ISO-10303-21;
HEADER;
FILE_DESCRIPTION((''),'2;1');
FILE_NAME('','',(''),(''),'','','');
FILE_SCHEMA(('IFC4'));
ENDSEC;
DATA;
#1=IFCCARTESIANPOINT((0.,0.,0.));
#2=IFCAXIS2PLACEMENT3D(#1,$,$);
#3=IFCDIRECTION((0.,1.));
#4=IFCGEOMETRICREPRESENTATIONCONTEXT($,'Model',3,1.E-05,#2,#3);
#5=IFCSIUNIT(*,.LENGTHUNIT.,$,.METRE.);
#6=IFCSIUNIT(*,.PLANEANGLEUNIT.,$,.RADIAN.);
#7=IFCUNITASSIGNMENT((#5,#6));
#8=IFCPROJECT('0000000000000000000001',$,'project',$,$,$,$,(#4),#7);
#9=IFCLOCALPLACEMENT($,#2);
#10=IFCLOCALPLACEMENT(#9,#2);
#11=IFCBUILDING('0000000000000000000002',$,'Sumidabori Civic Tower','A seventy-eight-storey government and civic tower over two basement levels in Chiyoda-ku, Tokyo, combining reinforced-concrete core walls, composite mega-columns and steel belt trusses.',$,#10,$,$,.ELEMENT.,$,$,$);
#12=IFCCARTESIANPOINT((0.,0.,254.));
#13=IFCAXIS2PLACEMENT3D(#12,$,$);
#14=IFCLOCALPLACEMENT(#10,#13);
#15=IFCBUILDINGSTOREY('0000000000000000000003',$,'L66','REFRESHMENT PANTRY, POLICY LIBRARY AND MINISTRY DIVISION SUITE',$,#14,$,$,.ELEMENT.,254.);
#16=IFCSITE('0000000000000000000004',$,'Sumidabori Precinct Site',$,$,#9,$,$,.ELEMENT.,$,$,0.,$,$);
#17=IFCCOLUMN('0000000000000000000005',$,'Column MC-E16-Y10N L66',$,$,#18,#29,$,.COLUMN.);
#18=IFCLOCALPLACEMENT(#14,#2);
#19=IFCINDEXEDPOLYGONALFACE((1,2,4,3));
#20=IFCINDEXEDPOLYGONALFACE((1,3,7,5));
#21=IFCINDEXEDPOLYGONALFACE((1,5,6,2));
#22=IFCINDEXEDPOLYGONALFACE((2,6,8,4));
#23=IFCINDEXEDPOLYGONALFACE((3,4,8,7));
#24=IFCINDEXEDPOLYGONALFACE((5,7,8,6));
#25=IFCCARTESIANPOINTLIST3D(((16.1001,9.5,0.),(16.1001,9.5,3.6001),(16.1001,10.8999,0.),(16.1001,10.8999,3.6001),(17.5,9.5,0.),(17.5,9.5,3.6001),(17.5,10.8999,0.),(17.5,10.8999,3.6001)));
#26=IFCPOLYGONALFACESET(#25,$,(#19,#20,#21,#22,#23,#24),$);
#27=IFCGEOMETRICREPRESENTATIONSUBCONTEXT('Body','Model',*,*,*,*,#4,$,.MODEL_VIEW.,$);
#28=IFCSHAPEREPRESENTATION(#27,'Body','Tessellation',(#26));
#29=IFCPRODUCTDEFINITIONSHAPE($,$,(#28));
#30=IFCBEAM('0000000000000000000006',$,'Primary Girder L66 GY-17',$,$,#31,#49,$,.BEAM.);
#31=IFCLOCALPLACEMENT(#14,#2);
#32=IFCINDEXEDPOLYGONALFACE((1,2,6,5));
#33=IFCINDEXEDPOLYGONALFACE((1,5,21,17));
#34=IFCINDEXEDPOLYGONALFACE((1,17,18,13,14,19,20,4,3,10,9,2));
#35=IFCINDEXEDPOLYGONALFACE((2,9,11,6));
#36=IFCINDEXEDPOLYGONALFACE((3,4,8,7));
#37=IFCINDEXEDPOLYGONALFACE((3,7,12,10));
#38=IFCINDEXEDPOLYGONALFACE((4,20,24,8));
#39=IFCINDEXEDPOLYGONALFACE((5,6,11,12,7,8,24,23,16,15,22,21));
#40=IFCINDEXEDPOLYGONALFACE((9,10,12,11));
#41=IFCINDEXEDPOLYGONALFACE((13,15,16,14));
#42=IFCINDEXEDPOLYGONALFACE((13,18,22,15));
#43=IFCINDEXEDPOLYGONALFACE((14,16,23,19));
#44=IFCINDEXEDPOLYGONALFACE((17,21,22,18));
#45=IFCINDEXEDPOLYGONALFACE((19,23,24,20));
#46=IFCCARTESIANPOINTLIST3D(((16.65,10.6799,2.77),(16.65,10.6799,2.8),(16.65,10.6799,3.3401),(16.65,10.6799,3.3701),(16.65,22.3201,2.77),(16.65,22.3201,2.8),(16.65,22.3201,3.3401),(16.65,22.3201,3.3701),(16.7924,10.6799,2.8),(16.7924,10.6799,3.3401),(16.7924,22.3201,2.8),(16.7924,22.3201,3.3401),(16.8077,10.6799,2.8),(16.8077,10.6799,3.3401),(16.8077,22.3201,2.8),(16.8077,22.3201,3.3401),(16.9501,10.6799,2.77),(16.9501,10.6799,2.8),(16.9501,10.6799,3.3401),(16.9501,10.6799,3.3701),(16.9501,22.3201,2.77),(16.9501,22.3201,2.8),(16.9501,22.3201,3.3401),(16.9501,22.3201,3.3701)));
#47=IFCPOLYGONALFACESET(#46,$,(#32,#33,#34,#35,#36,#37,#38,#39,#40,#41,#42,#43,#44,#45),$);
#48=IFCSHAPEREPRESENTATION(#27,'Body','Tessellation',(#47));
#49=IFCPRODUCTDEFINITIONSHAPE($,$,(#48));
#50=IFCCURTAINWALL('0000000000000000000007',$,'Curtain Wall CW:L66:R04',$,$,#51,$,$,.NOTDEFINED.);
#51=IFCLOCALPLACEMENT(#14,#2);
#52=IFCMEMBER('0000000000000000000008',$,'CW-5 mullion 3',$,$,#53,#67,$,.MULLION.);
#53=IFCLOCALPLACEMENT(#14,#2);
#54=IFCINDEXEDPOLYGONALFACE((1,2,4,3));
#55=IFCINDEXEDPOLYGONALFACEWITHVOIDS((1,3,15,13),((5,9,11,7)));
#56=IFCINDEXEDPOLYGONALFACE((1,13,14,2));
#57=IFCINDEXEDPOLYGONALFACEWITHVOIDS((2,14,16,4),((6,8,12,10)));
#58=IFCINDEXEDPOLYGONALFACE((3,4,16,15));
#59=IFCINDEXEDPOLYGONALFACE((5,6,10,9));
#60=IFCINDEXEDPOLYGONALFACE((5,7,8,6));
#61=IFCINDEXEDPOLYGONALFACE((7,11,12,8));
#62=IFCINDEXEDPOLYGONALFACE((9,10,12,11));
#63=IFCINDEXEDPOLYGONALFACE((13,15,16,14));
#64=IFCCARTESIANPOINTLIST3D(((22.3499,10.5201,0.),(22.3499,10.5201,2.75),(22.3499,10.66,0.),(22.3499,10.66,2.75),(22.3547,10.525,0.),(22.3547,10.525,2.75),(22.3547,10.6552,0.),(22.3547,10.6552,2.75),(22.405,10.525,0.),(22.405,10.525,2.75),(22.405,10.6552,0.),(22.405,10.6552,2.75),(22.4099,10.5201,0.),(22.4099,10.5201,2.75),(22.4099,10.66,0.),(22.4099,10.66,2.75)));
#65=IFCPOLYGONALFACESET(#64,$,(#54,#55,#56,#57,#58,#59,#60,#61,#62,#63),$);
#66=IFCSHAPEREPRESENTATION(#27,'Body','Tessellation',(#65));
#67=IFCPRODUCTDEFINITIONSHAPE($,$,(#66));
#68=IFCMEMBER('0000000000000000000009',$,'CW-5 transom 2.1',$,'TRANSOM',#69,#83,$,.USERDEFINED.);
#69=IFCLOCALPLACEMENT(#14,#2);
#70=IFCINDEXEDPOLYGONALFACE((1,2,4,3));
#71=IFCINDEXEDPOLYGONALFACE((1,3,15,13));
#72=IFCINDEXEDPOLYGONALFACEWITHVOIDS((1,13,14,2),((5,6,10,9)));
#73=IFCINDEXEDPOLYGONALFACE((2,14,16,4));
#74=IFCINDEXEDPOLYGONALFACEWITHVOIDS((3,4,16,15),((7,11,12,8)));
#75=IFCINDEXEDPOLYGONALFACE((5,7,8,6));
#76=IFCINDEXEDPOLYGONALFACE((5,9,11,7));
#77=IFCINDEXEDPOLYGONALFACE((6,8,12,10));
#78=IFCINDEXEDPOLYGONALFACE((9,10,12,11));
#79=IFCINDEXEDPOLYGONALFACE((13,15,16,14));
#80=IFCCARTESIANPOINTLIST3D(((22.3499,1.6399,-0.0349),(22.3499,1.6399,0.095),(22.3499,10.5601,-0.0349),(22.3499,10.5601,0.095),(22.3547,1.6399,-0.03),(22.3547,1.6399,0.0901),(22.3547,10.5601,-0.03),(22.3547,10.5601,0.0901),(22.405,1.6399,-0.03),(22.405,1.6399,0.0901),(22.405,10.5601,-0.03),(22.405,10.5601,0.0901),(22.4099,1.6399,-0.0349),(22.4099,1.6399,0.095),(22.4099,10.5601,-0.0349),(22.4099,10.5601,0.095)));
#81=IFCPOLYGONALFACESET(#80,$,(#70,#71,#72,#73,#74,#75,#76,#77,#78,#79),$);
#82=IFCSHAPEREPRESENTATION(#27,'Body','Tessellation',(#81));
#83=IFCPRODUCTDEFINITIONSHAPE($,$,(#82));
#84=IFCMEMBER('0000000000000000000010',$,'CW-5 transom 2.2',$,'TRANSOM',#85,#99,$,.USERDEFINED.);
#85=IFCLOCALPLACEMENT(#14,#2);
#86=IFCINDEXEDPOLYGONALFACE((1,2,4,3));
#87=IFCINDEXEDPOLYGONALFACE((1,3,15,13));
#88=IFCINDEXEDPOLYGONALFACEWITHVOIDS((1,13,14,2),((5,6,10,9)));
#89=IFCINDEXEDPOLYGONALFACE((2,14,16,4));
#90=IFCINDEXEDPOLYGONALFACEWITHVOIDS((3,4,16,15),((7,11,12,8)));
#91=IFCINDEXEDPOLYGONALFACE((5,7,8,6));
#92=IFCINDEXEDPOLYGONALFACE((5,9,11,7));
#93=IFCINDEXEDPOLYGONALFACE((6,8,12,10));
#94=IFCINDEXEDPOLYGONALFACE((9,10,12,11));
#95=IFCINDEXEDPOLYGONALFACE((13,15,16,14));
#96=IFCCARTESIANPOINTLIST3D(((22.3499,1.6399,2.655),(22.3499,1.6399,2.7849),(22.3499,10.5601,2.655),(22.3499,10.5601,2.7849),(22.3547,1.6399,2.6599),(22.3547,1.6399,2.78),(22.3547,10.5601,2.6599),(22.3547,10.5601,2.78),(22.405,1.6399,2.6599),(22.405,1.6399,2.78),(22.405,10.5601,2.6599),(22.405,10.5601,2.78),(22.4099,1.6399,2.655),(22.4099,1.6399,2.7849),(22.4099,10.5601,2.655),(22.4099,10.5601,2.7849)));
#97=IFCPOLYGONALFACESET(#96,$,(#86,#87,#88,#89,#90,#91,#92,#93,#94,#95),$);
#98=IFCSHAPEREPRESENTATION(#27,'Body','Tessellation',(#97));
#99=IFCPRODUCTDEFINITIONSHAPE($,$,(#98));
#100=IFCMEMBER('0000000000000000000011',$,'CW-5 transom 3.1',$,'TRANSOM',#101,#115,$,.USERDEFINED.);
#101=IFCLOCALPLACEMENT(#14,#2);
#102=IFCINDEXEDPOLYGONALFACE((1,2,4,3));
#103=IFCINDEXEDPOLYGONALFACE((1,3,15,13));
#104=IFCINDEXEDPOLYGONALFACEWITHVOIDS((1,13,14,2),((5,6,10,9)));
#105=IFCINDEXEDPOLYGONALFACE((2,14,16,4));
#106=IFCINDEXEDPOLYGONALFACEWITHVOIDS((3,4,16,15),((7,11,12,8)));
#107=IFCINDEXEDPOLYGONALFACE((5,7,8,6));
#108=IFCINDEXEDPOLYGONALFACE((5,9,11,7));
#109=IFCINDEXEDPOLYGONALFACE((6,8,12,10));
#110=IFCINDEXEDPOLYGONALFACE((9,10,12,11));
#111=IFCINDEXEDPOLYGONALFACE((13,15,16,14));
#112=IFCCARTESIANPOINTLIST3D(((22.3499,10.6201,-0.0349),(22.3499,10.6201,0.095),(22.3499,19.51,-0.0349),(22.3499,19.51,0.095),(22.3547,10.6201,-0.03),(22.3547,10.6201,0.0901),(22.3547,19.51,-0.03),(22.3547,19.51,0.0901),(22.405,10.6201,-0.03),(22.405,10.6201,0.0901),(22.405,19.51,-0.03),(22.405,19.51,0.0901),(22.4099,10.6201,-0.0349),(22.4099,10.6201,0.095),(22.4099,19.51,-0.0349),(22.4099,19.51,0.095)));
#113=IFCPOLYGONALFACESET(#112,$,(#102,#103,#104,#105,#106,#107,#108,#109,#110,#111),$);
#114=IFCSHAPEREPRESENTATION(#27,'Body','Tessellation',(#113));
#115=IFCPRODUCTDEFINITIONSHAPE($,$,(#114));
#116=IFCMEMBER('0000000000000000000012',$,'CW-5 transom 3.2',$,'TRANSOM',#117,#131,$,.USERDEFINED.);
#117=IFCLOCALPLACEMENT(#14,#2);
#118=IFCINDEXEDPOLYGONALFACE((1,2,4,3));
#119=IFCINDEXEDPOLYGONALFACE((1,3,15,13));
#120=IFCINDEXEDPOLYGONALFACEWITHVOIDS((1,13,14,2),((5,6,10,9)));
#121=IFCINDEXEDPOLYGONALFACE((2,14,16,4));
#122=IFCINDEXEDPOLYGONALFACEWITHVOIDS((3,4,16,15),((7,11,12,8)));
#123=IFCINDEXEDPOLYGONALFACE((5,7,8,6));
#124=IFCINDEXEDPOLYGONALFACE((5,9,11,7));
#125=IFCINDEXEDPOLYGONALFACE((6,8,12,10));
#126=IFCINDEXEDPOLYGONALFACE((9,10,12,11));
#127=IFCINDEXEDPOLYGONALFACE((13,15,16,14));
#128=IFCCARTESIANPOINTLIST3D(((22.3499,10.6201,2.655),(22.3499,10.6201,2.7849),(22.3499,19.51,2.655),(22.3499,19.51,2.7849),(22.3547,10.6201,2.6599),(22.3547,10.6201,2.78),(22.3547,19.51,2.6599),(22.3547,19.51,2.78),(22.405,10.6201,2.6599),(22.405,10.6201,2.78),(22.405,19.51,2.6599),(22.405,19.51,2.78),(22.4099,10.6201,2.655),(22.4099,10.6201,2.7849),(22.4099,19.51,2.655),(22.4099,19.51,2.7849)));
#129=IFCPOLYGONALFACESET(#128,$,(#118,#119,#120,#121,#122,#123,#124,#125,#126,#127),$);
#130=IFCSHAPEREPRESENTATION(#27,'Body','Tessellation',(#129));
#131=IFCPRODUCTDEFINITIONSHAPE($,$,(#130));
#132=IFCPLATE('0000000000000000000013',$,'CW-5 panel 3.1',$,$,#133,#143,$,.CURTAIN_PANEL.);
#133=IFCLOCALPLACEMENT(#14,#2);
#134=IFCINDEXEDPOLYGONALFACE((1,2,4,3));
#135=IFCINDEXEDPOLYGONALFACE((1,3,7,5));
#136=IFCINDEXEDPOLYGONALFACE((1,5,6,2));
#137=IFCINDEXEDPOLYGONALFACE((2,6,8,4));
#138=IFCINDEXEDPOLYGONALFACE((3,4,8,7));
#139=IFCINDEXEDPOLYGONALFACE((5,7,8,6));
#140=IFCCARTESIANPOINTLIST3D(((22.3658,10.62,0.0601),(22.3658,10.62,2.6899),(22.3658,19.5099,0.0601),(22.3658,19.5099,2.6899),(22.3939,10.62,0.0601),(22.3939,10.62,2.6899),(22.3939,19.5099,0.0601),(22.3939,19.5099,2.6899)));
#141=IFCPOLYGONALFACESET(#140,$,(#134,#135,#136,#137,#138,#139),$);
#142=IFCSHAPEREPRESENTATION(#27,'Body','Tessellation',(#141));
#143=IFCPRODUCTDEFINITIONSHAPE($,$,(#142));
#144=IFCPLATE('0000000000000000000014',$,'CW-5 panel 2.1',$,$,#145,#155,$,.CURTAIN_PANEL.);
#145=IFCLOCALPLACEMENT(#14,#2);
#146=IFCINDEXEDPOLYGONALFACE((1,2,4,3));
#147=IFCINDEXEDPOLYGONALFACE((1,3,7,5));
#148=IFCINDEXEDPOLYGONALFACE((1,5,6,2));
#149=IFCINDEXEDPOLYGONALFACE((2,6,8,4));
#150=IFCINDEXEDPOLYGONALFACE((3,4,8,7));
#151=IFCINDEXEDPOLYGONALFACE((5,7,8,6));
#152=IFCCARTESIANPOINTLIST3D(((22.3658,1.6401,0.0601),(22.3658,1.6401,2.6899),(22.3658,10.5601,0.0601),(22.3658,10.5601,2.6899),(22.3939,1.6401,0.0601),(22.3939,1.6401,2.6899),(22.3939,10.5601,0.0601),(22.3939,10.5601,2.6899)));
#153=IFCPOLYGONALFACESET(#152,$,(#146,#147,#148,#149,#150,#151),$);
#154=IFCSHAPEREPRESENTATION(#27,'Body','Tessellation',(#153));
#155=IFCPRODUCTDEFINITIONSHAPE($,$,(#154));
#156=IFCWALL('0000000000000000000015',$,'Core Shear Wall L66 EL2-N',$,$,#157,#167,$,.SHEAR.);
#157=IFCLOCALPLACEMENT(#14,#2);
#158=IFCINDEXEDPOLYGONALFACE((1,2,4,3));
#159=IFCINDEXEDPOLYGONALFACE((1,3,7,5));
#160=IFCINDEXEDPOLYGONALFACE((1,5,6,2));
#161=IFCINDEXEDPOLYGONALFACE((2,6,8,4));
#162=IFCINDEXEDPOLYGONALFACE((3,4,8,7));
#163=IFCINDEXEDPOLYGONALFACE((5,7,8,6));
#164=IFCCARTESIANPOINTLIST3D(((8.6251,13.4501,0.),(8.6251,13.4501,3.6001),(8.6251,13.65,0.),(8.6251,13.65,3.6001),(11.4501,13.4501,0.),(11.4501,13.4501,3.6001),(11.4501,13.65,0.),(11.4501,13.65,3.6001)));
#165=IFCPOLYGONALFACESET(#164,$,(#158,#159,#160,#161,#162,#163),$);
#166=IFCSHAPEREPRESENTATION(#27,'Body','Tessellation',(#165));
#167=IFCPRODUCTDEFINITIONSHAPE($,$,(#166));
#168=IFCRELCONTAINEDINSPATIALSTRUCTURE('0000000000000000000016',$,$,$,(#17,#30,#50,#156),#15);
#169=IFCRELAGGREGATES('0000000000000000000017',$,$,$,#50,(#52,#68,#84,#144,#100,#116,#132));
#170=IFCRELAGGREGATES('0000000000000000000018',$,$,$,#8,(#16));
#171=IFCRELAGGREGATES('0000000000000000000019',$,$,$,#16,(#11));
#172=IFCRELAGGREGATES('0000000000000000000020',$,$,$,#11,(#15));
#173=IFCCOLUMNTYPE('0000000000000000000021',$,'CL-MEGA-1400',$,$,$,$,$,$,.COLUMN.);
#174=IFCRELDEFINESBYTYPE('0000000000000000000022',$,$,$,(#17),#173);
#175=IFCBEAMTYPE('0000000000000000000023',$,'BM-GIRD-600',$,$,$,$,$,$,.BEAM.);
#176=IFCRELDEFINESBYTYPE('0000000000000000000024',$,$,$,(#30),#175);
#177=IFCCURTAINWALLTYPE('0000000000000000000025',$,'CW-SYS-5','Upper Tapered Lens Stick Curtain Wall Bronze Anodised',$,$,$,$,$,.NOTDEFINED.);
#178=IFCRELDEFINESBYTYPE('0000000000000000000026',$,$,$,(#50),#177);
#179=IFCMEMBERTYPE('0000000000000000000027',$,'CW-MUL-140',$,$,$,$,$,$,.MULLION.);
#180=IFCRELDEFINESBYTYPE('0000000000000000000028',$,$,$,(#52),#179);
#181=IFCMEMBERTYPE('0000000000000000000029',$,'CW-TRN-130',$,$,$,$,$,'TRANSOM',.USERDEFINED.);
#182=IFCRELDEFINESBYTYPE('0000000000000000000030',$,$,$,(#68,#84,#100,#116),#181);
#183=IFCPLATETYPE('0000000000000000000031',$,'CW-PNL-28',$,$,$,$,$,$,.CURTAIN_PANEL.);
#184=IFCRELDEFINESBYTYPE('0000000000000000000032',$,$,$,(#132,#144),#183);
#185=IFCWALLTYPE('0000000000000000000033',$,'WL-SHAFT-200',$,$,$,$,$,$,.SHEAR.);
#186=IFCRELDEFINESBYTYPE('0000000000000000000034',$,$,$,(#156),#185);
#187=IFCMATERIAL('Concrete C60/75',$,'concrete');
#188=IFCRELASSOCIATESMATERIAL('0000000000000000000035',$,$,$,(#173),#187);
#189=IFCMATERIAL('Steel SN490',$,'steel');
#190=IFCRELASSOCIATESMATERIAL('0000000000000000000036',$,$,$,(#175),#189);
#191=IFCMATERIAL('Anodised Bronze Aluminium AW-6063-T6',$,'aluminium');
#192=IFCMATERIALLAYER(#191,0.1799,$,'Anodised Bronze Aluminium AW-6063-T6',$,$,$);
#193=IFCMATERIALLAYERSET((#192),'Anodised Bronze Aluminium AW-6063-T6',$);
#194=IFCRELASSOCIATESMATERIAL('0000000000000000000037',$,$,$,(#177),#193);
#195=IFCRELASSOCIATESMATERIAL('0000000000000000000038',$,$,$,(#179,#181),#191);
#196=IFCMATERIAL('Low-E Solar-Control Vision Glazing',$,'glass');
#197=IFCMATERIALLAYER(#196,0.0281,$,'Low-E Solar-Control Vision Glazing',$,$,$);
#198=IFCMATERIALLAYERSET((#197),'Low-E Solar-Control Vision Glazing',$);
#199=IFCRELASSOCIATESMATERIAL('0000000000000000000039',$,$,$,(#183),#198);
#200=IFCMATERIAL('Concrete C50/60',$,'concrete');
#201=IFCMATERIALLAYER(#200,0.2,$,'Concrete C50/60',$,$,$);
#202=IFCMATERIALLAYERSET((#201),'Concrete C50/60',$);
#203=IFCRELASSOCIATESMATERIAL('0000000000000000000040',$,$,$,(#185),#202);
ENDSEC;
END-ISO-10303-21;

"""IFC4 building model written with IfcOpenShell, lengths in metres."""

from ifc_helpers import new_model, si_unit, direction, frame, frame_2d, origin, origin_2d, place, context, subcontext, project, spatial, rectangle, hollow_rectangle, i_section, extrude, source, transform, mapped, material, layer, layer_set, material_profile, profile_set, type_object, element, aggregate, save


model = new_model("IFC4")

# Units and contexts
model_context = context("Model", 3, precision=1e-05, world=origin(), true_north=direction((0.0, 1.0)))
body_context = subcontext(model_context, "Body", "Model", "MODEL_VIEW")
ifc_project = project(units=[si_unit("LENGTHUNIT", "METRE"), si_unit("PLANEANGLEUNIT", "RADIAN")], contexts=[model_context])

# Site, building, storey
site_placement = place(None, origin())
site = spatial("IfcSite", under=ifc_project, at=site_placement, Name="Sumidabori Precinct Site", CompositionType="ELEMENT", RefElevation=0.0)
building_placement = place(site_placement, origin())
building = spatial("IfcBuilding", under=site, at=building_placement, Name="Sumidabori Civic Tower", Description="A seventy-eight-storey government and civic tower over two basement levels in Chiyoda-ku, Tokyo, combining reinforced-concrete core walls, composite mega-columns and steel belt trusses.", CompositionType="ELEMENT")
storey_placement = place(building_placement, frame((0.0, 0.0, 254.0)))
storey = spatial("IfcBuildingStorey", under=building, at=storey_placement, Name="L66", Description="REFRESHMENT PANTRY, POLICY LIBRARY AND MINISTRY DIVISION SUITE", CompositionType="ELEMENT", Elevation=254.0)

# Column
ifc_material_1 = material(Name="Concrete C60/75", Category="concrete")
ifc_material_profile_1 = material_profile(ifc_material_1, rectangle(XDim=1.3999, YDim=1.3999, at=origin_2d()), Name="RC 1400x1400")
ifc_profile_set_1 = profile_set([ifc_material_profile_1], Name="Concrete C60/75")
column_type = type_object("IfcColumnType", Name="CL-MEGA-1400", PredefinedType="COLUMN", material=ifc_profile_set_1)
shared_shape_1 = source(origin(), body_context, "Body", "SweptSolid", [
    extrude(rectangle(XDim=1.3999, YDim=1.3999, at=origin_2d()), origin(), (0.0, 0.0, 1.0), 3.6001),
])
column_placement = place(storey_placement, frame((16.8, 10.2, 0.0), z_axis=(0.0, 0.0, 1.0), x_axis=(1.0, 0.0, 0.0)))
element("IfcColumn", 1, at=column_placement, inside=storey, type_object=column_type, Name="Column MC-E16-Y10N L66", PredefinedType="COLUMN", context=body_context, shape_type="MappedRepresentation", body=[
    mapped(shared_shape_1, transform((0.0, 0.0, 0.0), x_axis=(1.0, 0.0, 0.0), y_axis=(0.0, 1.0, 0.0), z_axis=(0.0, 0.0, 1.0), scale=1.0)),
])

# Beam
ifc_material_2 = material(Name="Steel SN490", Category="steel")
ifc_material_profile_2 = material_profile(ifc_material_2, i_section(OverallWidth=0.3, OverallDepth=0.6001, WebThickness=0.0154, FlangeThickness=0.03, at=origin_2d()), Name="HE 600 B")
ifc_profile_set_2 = profile_set([ifc_material_profile_2], Name="Steel SN490")
beam_type = type_object("IfcBeamType", Name="BM-GIRD-600", PredefinedType="BEAM", material=ifc_profile_set_2)
shared_shape_2 = source(origin(), body_context, "Body", "SweptSolid", [
    extrude(i_section(OverallWidth=0.3, OverallDepth=0.6001, WebThickness=0.0154, FlangeThickness=0.03, at=origin_2d()), origin(), (0.0, 0.0, 1.0), 11.6401),
])
beam_placement = place(storey_placement, frame((16.8, 10.6799, 3.0701), z_axis=(0.0, 1.0, 0.0), x_axis=(-1.0, 0.0, 0.0)))
element("IfcBeam", 2, at=beam_placement, inside=storey, type_object=beam_type, Name="Primary Girder L66 GY-17", PredefinedType="BEAM", context=body_context, shape_type="MappedRepresentation", body=[
    mapped(shared_shape_2, transform((0.0, 0.0, 0.0), x_axis=(1.0, 0.0, 0.0), y_axis=(0.0, 1.0, 0.0), z_axis=(0.0, 0.0, 1.0), scale=1.0)),
])

# Curtain wall, members, plates
ifc_material_3 = material(Name="Anodised Bronze Aluminium AW-6063-T6", Category="aluminium")
ifc_layer_1 = layer(ifc_material_3, 0.1799, Name="Anodised Bronze Aluminium AW-6063-T6")
ifc_layer_set_1 = layer_set([ifc_layer_1], Name="Anodised Bronze Aluminium AW-6063-T6")
curtain_wall_type = type_object("IfcCurtainWallType", Name="CW-SYS-5", Description="Upper Tapered Lens Stick Curtain Wall Bronze Anodised", PredefinedType="NOTDEFINED", material=ifc_layer_set_1)
curtain_wall_placement = place(storey_placement, origin())
curtain_wall = element("IfcCurtainWall", 3, at=curtain_wall_placement, inside=storey, type_object=curtain_wall_type, Name="Curtain Wall CW:L66:R04", PredefinedType="NOTDEFINED")
ifc_material_profile_3 = material_profile(ifc_material_3, hollow_rectangle(XDim=0.0601, YDim=0.1399, WallThickness=0.0049, at=origin_2d()), Name="ALU MULLION 140x60")
ifc_profile_set_3 = profile_set([ifc_material_profile_3], Name="Anodised Bronze Aluminium AW-6063-T6")
member_type_1 = type_object("IfcMemberType", Name="CW-MUL-140", PredefinedType="MULLION", material=ifc_profile_set_3)
shared_shape_3 = source(origin(), body_context, "Body", "SweptSolid", [
    extrude(hollow_rectangle(XDim=0.0601, YDim=0.1399, WallThickness=0.0049, at=origin_2d()), origin(), (0.0, 0.0, 1.0), 2.75),
])
member_1_placement = place(storey_placement, frame((22.3799, 10.5901, 0.0), z_axis=(0.0, 0.0, 1.0), x_axis=(-1.0, 0.0, 0.0)))
member_1 = element("IfcMember", 4, at=member_1_placement, type_object=member_type_1, Name="CW-5 mullion 3", PredefinedType="MULLION", context=body_context, shape_type="MappedRepresentation", body=[
    mapped(shared_shape_3, transform((0.0, 0.0, 0.0), x_axis=(1.0, 0.0, 0.0), y_axis=(0.0, 1.0, 0.0), z_axis=(0.0, 0.0, 1.0), scale=1.0)),
])
ifc_material_profile_4 = material_profile(ifc_material_3, hollow_rectangle(XDim=0.0601, YDim=0.1299, WallThickness=0.0049, at=origin_2d()), Name="ALU TRANSOM 130x60")
ifc_profile_set_4 = profile_set([ifc_material_profile_4], Name="Anodised Bronze Aluminium AW-6063-T6")
member_type_2 = type_object("IfcMemberType", Name="CW-TRN-130", ElementType="TRANSOM", PredefinedType="USERDEFINED", material=ifc_profile_set_4)
shared_shape_4 = source(origin(), body_context, "Body", "SweptSolid", [
    extrude(hollow_rectangle(XDim=0.0601, YDim=0.1299, WallThickness=0.0049, at=origin_2d()), origin(), (0.0, 0.0, 1.0), 8.9202),
])
member_2_placement = place(storey_placement, frame((22.3799, 1.6399, 0.03), z_axis=(0.0, 1.0, 0.0), x_axis=(-1.0, 0.0, 0.0)))
member_2 = element("IfcMember", 5, at=member_2_placement, type_object=member_type_2, Name="CW-5 transom 2.1", ObjectType="TRANSOM", PredefinedType="USERDEFINED", context=body_context, shape_type="MappedRepresentation", body=[
    mapped(shared_shape_4, transform((0.0, 0.0, 0.0), x_axis=(1.0, 0.0, 0.0), y_axis=(0.0, 1.0, 0.0), z_axis=(0.0, 0.0, 1.0), scale=1.0)),
])
member_3_placement = place(storey_placement, frame((22.3799, 1.6399, 2.72), z_axis=(0.0, 1.0, 0.0), x_axis=(-1.0, 0.0, 0.0)))
member_3 = element("IfcMember", 6, at=member_3_placement, type_object=member_type_2, Name="CW-5 transom 2.2", ObjectType="TRANSOM", PredefinedType="USERDEFINED", context=body_context, shape_type="MappedRepresentation", body=[
    mapped(shared_shape_4, transform((0.0, 0.0, 0.0), x_axis=(1.0, 0.0, 0.0), y_axis=(0.0, 1.0, 0.0), z_axis=(0.0, 0.0, 1.0), scale=1.0)),
])
shared_shape_5 = source(origin(), body_context, "Body", "SweptSolid", [
    extrude(hollow_rectangle(XDim=0.0601, YDim=0.1299, WallThickness=0.0049, at=origin_2d()), origin(), (0.0, 0.0, 1.0), 8.8899),
])
member_4_placement = place(storey_placement, frame((22.3799, 10.6201, 0.03), z_axis=(0.0, 1.0, 0.0), x_axis=(-1.0, 0.0, 0.0)))
member_4 = element("IfcMember", 7, at=member_4_placement, type_object=member_type_2, Name="CW-5 transom 3.1", ObjectType="TRANSOM", PredefinedType="USERDEFINED", context=body_context, shape_type="MappedRepresentation", body=[
    mapped(shared_shape_5, transform((0.0, 0.0, 0.0), x_axis=(1.0, 0.0, 0.0), y_axis=(0.0, 1.0, 0.0), z_axis=(0.0, 0.0, 1.0), scale=1.0)),
])
member_5_placement = place(storey_placement, frame((22.3799, 10.6201, 2.72), z_axis=(0.0, 1.0, 0.0), x_axis=(-1.0, 0.0, 0.0)))
member_5 = element("IfcMember", 8, at=member_5_placement, type_object=member_type_2, Name="CW-5 transom 3.2", ObjectType="TRANSOM", PredefinedType="USERDEFINED", context=body_context, shape_type="MappedRepresentation", body=[
    mapped(shared_shape_5, transform((0.0, 0.0, 0.0), x_axis=(1.0, 0.0, 0.0), y_axis=(0.0, 1.0, 0.0), z_axis=(0.0, 0.0, 1.0), scale=1.0)),
])
ifc_material_4 = material(Name="Low-E Solar-Control Vision Glazing", Category="glass")
ifc_layer_2 = layer(ifc_material_4, 0.0281, Name="Low-E Solar-Control Vision Glazing")
ifc_layer_set_2 = layer_set([ifc_layer_2], Name="Low-E Solar-Control Vision Glazing")
plate_type = type_object("IfcPlateType", Name="CW-PNL-28", PredefinedType="CURTAIN_PANEL", material=ifc_layer_set_2)
shared_shape_6 = source(origin(), body_context, "Body", "SweptSolid", [
    extrude(rectangle(XDim=8.8899, YDim=0.0281, at=origin_2d()), origin(), (0.0, 0.0, 1.0), 2.6299),
])
plate_1_placement = place(storey_placement, frame((22.3799, 15.0649, 0.0601), z_axis=(0.0, 0.0, 1.0), x_axis=(0.0, 1.0, 0.0)))
plate_1 = element("IfcPlate", 9, at=plate_1_placement, type_object=plate_type, Name="CW-5 panel 3.1", PredefinedType="CURTAIN_PANEL", context=body_context, shape_type="MappedRepresentation", body=[
    mapped(shared_shape_6, transform((0.0, 0.0, 0.0), x_axis=(1.0, 0.0, 0.0), y_axis=(0.0, 1.0, 0.0), z_axis=(0.0, 0.0, 1.0), scale=1.0)),
])
shared_shape_7 = source(origin(), body_context, "Body", "SweptSolid", [
    extrude(rectangle(XDim=8.9199, YDim=0.0281, at=origin_2d()), origin(), (0.0, 0.0, 1.0), 2.6299),
])
plate_2_placement = place(storey_placement, frame((22.3799, 6.1001, 0.0601), z_axis=(0.0, 0.0, 1.0), x_axis=(0.0, 1.0, 0.0)))
plate_2 = element("IfcPlate", 10, at=plate_2_placement, type_object=plate_type, Name="CW-5 panel 2.1", PredefinedType="CURTAIN_PANEL", context=body_context, shape_type="MappedRepresentation", body=[
    mapped(shared_shape_7, transform((0.0, 0.0, 0.0), x_axis=(1.0, 0.0, 0.0), y_axis=(0.0, 1.0, 0.0), z_axis=(0.0, 0.0, 1.0), scale=1.0)),
])
aggregate(curtain_wall, [member_1, member_2, member_3, plate_2, member_4, member_5, plate_1])

# Wall
ifc_material_5 = material(Name="Concrete C50/60", Category="concrete")
ifc_layer_3 = layer(ifc_material_5, 0.2, Name="Concrete C50/60")
ifc_layer_set_3 = layer_set([ifc_layer_3], Name="Concrete C50/60")
wall_type_1 = type_object("IfcWallType", Name="WL-SHAFT-200", PredefinedType="SHEAR", material=ifc_layer_set_3)
shared_shape_8 = source(origin(), body_context, "Body", "SweptSolid", [
    extrude(rectangle(XDim=2.825, YDim=0.2, at=frame_2d((1.4126, 0.0))), origin(), (0.0, 0.0, 1.0), 3.6001),
])
wall_1_placement = place(storey_placement, frame((8.625, 13.55, 0.0), z_axis=(0.0, 0.0, 1.0), x_axis=(1.0, 0.0, 0.0)))
element("IfcWall", 11, at=wall_1_placement, inside=storey, type_object=wall_type_1, Name="Core Shear Wall L66 EL2-N", PredefinedType="SHEAR", context=body_context, shape_type="MappedRepresentation", body=[
    mapped(shared_shape_8, transform((0.0, 0.0, 0.0), x_axis=(1.0, 0.0, 0.0), y_axis=(0.0, 1.0, 0.0), z_axis=(0.0, 0.0, 1.0), scale=1.0)),
])

save(model, "model.ifc")
